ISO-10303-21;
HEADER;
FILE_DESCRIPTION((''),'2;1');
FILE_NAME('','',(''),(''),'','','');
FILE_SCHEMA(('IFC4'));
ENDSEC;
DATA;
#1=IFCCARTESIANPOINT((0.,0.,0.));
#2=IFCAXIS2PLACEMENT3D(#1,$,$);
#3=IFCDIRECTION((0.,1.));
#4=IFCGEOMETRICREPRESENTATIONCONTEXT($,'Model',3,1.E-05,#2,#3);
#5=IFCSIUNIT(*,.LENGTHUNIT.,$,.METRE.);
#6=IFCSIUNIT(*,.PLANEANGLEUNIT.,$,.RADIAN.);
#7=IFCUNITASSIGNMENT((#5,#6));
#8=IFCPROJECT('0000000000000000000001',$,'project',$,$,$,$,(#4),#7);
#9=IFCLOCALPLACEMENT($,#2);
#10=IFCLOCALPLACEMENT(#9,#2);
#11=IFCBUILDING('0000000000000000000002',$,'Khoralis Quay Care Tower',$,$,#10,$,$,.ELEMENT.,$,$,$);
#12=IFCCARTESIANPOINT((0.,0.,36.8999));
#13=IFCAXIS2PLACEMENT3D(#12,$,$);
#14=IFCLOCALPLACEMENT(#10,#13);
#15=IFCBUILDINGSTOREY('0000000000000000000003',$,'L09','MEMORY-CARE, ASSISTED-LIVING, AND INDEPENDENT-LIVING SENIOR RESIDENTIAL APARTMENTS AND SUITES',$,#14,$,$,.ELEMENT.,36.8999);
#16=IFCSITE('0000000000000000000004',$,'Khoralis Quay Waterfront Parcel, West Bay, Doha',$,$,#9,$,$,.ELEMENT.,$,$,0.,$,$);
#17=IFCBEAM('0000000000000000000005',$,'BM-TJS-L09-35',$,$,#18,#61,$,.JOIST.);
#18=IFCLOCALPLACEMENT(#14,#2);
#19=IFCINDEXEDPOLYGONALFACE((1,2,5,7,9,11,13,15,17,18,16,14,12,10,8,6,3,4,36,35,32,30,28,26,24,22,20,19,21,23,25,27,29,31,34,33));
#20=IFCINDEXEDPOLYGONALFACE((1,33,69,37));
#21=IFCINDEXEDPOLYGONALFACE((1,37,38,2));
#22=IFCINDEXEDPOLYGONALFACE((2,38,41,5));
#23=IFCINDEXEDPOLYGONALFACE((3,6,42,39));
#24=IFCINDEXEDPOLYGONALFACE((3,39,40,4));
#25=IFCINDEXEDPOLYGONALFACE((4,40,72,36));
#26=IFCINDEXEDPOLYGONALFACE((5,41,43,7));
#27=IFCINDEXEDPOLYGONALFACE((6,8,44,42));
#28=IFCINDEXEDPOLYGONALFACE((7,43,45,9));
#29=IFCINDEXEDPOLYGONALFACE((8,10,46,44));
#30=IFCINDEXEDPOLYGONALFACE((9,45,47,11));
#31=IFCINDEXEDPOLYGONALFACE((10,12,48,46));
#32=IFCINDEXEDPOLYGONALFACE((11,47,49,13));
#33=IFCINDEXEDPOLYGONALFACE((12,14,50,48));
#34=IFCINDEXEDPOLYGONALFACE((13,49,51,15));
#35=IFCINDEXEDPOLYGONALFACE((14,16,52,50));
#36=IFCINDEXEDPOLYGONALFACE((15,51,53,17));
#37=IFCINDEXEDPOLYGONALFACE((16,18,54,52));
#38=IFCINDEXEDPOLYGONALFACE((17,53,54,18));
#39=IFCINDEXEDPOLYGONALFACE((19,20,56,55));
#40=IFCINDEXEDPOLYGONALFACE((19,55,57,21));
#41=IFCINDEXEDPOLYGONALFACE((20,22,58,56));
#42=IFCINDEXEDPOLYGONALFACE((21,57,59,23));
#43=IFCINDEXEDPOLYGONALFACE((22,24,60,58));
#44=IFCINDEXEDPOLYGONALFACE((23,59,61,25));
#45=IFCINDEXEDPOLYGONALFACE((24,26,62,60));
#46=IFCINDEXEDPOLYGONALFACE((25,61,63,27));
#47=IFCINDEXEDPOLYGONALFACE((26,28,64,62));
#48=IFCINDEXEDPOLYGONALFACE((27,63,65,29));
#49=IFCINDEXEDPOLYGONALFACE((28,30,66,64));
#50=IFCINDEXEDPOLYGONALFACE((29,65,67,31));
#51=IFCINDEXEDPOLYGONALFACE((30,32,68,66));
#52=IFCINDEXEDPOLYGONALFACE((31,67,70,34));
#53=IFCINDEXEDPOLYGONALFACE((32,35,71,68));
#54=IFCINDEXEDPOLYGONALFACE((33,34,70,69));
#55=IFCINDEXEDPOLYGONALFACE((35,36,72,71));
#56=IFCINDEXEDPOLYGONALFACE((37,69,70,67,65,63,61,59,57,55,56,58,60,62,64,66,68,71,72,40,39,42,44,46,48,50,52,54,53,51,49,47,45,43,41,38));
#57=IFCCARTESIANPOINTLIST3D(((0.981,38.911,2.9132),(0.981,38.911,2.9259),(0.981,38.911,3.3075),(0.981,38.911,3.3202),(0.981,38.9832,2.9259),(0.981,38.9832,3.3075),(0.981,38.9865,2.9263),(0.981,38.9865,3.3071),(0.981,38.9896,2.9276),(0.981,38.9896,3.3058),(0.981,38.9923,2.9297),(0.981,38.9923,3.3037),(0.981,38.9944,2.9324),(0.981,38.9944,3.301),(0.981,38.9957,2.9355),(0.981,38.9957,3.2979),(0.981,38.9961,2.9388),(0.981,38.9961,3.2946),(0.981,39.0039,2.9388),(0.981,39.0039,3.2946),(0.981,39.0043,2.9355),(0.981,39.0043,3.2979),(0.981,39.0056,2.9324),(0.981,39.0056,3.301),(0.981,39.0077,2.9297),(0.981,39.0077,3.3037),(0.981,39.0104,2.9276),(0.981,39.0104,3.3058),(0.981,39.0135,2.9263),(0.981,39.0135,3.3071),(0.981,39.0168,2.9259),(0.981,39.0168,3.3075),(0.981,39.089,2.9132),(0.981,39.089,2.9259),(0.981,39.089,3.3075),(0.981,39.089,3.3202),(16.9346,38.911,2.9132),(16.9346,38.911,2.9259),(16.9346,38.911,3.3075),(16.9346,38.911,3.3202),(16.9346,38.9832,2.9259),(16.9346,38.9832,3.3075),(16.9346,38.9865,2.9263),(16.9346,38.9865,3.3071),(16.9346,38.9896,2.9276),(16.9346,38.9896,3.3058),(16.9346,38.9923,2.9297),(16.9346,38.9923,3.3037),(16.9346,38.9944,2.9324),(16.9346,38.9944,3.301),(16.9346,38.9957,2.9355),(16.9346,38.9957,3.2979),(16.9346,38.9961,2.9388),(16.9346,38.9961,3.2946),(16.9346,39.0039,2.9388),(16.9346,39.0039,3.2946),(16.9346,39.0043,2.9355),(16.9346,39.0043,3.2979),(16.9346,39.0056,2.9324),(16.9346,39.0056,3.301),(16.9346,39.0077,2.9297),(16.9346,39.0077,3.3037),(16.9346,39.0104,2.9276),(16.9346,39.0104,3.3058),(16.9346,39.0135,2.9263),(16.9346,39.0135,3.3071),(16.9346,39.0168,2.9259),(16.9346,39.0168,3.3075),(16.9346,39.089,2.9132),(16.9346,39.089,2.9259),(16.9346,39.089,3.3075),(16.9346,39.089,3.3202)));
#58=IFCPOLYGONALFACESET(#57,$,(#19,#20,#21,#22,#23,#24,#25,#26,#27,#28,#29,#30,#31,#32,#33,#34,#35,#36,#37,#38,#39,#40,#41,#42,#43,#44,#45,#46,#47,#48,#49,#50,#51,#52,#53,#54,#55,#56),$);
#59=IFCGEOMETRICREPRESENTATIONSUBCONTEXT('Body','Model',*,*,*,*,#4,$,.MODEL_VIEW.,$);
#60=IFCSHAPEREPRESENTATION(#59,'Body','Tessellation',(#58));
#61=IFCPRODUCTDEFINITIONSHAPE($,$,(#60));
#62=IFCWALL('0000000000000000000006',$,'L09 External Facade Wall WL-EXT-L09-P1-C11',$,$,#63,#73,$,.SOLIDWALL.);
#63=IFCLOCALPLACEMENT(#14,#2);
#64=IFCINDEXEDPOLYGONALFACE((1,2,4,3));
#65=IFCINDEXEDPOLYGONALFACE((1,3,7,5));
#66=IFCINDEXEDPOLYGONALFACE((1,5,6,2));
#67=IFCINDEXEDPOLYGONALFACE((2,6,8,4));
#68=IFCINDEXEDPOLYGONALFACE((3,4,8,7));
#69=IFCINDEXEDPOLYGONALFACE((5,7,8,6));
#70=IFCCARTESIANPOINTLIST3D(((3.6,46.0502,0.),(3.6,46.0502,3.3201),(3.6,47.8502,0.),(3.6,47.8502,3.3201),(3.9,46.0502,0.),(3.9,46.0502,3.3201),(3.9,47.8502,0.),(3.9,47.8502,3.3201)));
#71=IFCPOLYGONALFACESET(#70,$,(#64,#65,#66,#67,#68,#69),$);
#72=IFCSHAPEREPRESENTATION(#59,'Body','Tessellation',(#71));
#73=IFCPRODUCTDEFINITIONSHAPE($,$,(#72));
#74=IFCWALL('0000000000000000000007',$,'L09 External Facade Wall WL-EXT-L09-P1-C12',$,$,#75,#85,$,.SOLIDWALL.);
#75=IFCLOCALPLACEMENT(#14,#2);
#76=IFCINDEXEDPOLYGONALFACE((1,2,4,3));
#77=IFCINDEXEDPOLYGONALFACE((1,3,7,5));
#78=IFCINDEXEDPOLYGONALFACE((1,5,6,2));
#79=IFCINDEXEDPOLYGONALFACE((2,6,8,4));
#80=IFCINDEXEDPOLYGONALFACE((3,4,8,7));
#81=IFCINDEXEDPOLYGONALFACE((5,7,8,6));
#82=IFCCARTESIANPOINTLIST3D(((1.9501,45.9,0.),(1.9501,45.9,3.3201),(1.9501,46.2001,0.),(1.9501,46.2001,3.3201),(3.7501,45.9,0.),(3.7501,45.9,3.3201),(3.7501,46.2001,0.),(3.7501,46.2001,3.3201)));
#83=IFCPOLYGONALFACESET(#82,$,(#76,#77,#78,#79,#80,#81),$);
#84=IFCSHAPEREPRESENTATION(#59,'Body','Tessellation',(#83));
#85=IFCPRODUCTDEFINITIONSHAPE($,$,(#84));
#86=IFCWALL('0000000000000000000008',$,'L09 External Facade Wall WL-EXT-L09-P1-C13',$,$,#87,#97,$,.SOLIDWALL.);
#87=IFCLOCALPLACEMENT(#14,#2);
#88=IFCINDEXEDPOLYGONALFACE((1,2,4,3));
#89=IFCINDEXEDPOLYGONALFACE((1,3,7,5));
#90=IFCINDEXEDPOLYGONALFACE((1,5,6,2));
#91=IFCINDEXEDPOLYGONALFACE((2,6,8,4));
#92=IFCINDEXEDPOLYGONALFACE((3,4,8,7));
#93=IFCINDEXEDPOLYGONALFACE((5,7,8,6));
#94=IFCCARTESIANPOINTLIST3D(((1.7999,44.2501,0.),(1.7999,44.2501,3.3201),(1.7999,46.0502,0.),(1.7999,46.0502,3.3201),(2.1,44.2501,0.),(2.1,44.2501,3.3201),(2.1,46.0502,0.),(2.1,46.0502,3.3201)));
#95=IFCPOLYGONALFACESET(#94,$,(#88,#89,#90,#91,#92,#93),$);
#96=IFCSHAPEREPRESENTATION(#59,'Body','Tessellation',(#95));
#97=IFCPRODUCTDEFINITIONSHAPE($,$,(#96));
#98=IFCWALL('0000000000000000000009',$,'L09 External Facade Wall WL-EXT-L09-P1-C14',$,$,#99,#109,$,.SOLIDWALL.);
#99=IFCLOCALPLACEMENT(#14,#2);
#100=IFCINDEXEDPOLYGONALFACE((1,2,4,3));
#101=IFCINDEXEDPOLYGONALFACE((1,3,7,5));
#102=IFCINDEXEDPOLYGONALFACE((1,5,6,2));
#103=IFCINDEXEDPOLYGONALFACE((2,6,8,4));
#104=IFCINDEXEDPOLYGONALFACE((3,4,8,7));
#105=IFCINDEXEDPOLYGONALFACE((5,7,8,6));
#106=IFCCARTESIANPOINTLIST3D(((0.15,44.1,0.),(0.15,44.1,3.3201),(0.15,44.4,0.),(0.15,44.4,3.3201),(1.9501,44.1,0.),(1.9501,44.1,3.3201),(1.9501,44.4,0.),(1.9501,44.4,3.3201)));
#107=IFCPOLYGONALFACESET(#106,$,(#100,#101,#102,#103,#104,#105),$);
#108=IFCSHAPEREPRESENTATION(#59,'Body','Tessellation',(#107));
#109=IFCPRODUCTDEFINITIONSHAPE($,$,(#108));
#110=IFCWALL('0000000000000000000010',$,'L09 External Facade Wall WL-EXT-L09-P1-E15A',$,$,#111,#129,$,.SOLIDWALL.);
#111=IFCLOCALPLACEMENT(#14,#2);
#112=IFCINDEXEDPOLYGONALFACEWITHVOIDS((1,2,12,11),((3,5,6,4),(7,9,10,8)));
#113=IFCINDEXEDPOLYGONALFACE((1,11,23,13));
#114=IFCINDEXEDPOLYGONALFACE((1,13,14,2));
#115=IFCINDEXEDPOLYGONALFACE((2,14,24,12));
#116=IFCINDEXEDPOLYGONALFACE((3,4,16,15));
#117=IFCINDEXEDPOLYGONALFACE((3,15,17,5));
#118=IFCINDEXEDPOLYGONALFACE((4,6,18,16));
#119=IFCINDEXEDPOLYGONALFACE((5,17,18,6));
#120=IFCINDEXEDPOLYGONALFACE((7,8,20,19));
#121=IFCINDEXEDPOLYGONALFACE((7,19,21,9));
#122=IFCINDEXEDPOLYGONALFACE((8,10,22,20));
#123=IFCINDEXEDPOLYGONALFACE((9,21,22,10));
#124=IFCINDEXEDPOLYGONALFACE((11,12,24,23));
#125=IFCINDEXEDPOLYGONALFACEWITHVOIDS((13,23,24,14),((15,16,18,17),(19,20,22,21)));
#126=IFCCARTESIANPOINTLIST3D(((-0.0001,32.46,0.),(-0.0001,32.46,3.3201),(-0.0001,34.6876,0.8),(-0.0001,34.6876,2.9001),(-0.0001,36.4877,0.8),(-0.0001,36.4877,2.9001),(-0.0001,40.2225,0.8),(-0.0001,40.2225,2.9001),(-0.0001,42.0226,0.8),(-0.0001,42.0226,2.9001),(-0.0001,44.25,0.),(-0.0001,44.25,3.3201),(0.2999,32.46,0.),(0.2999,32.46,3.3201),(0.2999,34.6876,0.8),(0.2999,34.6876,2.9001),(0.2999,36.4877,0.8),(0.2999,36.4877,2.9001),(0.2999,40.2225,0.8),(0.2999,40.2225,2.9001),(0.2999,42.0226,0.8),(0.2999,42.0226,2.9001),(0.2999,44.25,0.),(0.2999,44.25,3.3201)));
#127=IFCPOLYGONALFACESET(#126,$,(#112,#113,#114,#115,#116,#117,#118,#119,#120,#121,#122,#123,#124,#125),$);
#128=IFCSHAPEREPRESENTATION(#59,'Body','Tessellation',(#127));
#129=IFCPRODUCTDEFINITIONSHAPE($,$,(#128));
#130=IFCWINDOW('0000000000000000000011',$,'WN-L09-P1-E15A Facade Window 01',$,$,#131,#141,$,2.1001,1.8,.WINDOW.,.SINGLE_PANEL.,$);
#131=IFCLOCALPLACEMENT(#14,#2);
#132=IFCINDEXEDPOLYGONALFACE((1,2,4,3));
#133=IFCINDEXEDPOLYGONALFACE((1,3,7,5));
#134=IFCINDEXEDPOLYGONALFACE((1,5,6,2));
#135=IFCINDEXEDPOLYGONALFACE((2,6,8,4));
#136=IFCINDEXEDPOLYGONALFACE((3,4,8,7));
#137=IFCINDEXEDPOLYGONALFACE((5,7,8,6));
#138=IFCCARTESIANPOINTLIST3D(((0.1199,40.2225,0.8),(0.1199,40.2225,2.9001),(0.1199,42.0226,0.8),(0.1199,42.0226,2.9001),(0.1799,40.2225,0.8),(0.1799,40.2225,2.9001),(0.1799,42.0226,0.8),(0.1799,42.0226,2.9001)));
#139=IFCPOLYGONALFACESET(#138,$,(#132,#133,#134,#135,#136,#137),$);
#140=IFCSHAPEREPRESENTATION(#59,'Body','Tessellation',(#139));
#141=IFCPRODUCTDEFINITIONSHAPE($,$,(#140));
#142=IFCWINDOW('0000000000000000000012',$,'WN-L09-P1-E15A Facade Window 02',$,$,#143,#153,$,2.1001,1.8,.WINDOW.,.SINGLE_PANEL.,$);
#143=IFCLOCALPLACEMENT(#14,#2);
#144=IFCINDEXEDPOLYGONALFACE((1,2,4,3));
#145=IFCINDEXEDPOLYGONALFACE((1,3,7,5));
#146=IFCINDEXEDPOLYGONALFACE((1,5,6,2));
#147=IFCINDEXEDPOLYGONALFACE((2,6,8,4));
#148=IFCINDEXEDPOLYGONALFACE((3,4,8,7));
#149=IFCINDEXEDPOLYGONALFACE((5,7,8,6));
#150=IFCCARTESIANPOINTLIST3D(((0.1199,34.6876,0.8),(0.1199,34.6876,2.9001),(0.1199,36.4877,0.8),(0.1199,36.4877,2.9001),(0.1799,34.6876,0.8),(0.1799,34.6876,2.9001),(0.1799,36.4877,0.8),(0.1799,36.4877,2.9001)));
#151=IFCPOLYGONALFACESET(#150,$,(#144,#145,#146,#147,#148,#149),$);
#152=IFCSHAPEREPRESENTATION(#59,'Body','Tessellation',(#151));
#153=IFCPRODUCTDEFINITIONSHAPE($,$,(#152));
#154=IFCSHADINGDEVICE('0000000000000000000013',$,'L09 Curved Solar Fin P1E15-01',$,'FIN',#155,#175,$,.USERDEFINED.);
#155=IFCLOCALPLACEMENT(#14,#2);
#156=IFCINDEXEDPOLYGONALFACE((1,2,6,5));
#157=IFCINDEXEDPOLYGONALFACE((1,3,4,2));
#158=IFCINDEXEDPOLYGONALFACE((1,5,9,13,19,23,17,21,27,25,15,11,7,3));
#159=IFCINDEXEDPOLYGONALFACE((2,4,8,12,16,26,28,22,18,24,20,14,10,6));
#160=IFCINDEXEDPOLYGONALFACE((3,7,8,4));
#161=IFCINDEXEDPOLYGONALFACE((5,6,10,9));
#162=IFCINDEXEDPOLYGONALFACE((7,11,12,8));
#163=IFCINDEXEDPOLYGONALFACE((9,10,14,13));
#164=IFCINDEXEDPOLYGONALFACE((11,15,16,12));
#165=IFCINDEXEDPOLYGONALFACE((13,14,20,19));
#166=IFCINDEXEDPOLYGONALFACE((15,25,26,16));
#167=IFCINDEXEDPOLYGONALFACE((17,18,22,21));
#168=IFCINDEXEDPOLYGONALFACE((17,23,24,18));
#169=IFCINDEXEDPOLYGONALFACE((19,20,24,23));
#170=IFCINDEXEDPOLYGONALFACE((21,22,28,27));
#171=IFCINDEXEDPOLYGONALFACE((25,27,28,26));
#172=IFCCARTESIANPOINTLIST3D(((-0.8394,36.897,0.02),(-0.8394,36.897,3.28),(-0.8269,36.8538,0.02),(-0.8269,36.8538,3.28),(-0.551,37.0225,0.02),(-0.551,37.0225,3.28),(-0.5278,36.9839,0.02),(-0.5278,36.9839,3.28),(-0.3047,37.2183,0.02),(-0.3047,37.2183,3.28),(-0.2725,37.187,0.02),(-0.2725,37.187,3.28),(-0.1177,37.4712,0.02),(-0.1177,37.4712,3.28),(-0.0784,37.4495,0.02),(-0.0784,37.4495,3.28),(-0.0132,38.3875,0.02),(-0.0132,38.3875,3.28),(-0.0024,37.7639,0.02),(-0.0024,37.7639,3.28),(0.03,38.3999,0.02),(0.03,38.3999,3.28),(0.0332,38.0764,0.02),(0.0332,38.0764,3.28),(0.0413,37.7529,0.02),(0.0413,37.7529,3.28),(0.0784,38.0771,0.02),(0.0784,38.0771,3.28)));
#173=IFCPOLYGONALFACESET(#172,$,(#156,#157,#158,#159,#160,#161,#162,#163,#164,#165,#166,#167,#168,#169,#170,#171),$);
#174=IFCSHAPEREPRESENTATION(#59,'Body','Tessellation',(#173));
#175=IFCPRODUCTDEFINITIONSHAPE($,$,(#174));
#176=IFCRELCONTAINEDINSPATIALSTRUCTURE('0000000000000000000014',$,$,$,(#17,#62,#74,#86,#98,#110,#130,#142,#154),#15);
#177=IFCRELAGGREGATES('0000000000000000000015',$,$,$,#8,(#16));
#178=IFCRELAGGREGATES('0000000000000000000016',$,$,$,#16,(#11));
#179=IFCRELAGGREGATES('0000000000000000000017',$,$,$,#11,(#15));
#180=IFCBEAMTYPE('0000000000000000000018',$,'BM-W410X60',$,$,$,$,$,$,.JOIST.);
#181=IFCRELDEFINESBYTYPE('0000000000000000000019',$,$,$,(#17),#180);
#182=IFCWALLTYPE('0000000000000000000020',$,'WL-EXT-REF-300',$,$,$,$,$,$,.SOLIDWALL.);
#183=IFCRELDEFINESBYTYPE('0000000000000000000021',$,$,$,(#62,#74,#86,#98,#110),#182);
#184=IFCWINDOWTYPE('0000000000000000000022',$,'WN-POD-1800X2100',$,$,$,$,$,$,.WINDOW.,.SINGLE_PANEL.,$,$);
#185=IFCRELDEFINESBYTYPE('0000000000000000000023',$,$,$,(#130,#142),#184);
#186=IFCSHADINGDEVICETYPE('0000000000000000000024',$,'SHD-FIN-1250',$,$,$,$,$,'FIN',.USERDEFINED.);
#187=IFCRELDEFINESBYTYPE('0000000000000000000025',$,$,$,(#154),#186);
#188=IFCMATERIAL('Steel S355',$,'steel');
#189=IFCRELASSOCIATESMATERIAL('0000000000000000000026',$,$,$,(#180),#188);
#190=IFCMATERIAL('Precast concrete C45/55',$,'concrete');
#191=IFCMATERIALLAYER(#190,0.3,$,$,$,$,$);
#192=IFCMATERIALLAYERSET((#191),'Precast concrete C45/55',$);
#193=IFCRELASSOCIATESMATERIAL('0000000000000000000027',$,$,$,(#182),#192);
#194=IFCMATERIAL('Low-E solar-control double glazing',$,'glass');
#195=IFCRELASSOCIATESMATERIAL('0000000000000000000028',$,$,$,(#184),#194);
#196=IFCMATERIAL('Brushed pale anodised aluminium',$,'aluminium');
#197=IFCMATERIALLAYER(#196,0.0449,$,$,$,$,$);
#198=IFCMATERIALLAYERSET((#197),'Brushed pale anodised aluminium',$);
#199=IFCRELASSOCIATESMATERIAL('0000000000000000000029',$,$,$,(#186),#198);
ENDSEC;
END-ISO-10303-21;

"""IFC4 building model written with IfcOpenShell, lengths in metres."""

from ifc_helpers import new_model, si_unit, direction, frame, frame_2d, origin, origin_2d, place, context, subcontext, project, spatial, polyline, rectangle, i_section, outline, extrude, source, transform, mapped, material, layer, layer_set, material_profile, profile_set, type_object, element, fill, save


model = new_model("IFC4")

# Units and contexts
model_context = context("Model", 3, precision=1e-05, world=origin(), true_north=direction((0.0, 1.0)))
body_context = subcontext(model_context, "Body", "Model", "MODEL_VIEW")
ifc_project = project(units=[si_unit("LENGTHUNIT", "METRE"), si_unit("PLANEANGLEUNIT", "RADIAN")], contexts=[model_context])

# Site, building, storey
site_placement = place(None, origin())
site = spatial("IfcSite", under=ifc_project, at=site_placement, Name="Khoralis Quay Waterfront Parcel, West Bay, Doha", CompositionType="ELEMENT", RefElevation=0.0)
building_placement = place(site_placement, origin())
building = spatial("IfcBuilding", under=site, at=building_placement, Name="Khoralis Quay Care Tower", CompositionType="ELEMENT")
storey_placement = place(building_placement, frame((0.0, 0.0, 36.8999)))
storey = spatial("IfcBuildingStorey", under=building, at=storey_placement, Name="L09", Description="MEMORY-CARE, ASSISTED-LIVING, AND INDEPENDENT-LIVING SENIOR RESIDENTIAL APARTMENTS AND SUITES", CompositionType="ELEMENT", Elevation=36.8999)

# Beam
ifc_material_1 = material(Name="Steel S355", Category="steel")
ifc_material_profile_1 = material_profile(ifc_material_1, i_section(OverallWidth=0.178, OverallDepth=0.407, WebThickness=0.0078, FlangeThickness=0.0127, FilletRadius=0.0129, at=origin_2d()), Name="Steel S355")
ifc_profile_set_1 = profile_set([ifc_material_profile_1], Name="Steel S355")
beam_type_1 = type_object("IfcBeamType", Name="BM-W410X60", PredefinedType="JOIST", material=ifc_profile_set_1)
shared_shape_1 = source(origin(), body_context, "Body", "SweptSolid", [
    extrude(i_section(OverallWidth=0.178, OverallDepth=0.407, WebThickness=0.0078, FlangeThickness=0.0127, FilletRadius=0.0129, at=origin_2d()), origin(), (0.0, 0.0, 1.0), 15.9536),
])
beam_1_placement = place(storey_placement, frame((0.981, 39.0, 3.1167), z_axis=(1.0, 0.0, 0.0), x_axis=(0.0, 1.0, 0.0)))
element("IfcBeam", 1, at=beam_1_placement, inside=storey, type_object=beam_type_1, Name="BM-TJS-L09-35", PredefinedType="JOIST", context=body_context, shape_type="MappedRepresentation", body=[
    mapped(shared_shape_1, transform((0.0, 0.0, 0.0), scale=1.0)),
])

# Walls
ifc_material_2 = material(Name="Precast concrete C45/55", Category="concrete")
ifc_layer_1 = layer(ifc_material_2, 0.3)
ifc_layer_set_1 = layer_set([ifc_layer_1], Name="Precast concrete C45/55")
wall_type = type_object("IfcWallType", Name="WL-EXT-REF-300", PredefinedType="SOLIDWALL", material=ifc_layer_set_1)
for number, where, z_axis, x_axis, name in (
    (2, (3.75, 47.8501, 0.0), (0.0, 0.0, 1.0), (0.0, -1.0, 0.0), "L09 External Facade Wall WL-EXT-L09-P1-C11"),
    (3, (3.75, 46.05, 0.0), (0.0, 0.0, 1.0), (-1.0, 0.0, 0.0), "L09 External Facade Wall WL-EXT-L09-P1-C12"),
    (4, (1.95, 46.05, 0.0), (0.0, 0.0, 1.0), (0.0, -1.0, 0.0), "L09 External Facade Wall WL-EXT-L09-P1-C13"),
    (5, (1.95, 44.25, 0.0), (0.0, 0.0, 1.0), (-1.0, 0.0, 0.0), "L09 External Facade Wall WL-EXT-L09-P1-C14"),
):
    element("IfcWall", number, at=place(storey_placement, frame(where, z_axis=z_axis, x_axis=x_axis)), inside=storey, type_object=wall_type, Name=name, PredefinedType="SOLIDWALL", context=body_context, shape_type="SweptSolid", body=[
        extrude(rectangle(XDim=1.8, YDim=0.3, at=frame_2d((0.8999, 0.0))), origin(), (0.0, 0.0, 1.0), 3.3201),
    ])

# Wall, openings, windows
wall_placement = place(storey_placement, frame((0.1499, 44.25, 0.0), z_axis=(0.0, 0.0, 1.0), x_axis=(0.0, -1.0, 0.0)))
wall = element("IfcWall", 6, at=wall_placement, inside=storey, type_object=wall_type, Name="L09 External Facade Wall WL-EXT-L09-P1-E15A", PredefinedType="SOLIDWALL", context=body_context, shape_type="SweptSolid", body=[
    extrude(rectangle(XDim=11.79, YDim=0.3, at=frame_2d((5.895, 0.0))), origin(), (0.0, 0.0, 1.0), 3.3201),
])
opening_1_placement = place(wall_placement, frame((2.2275, 0.0, 0.8)))
opening_1 = element("IfcOpeningElement", 7, at=opening_1_placement, cuts=wall, PredefinedType="OPENING", context=body_context, shape_type="SweptSolid", body=[
    extrude(rectangle(XDim=1.8, YDim=2.1001, at=frame_2d((0.8999, 1.05))), frame((0.0, 0.1602, 0.0), z_axis=(0.0, -1.0, 0.0), x_axis=(1.0, 0.0, 0.0)), (0.0, 0.0, 1.0), 0.3201),
])
opening_2_placement = place(wall_placement, frame((7.7625, 0.0, 0.8)))
opening_2 = element("IfcOpeningElement", 8, at=opening_2_placement, cuts=wall, PredefinedType="OPENING", context=body_context, shape_type="SweptSolid", body=[
    extrude(rectangle(XDim=1.8, YDim=2.1001, at=frame_2d((0.8999, 1.05))), frame((0.0, 0.1602, 0.0), z_axis=(0.0, -1.0, 0.0), x_axis=(1.0, 0.0, 0.0)), (0.0, 0.0, 1.0), 0.3201),
])
ifc_material_3 = material(Name="Low-E solar-control double glazing", Category="glass")
window_type = type_object("IfcWindowType", Name="WN-POD-1800X2100", PartitioningType="SINGLE_PANEL", PredefinedType="WINDOW", material=ifc_material_3)
shared_shape_2 = source(origin(), body_context, "Body", "SweptSolid", [
    extrude(rectangle(XDim=1.8, YDim=2.1001, at=frame_2d((0.8999, 1.05))), frame((0.0, 0.03, 0.0), z_axis=(0.0, -1.0, 0.0), x_axis=(1.0, 0.0, 0.0)), (0.0, 0.0, 1.0), 0.0601),
])
window_1_placement = place(opening_1_placement, origin())
window_1 = element("IfcWindow", 9, at=window_1_placement, inside=storey, type_object=window_type, Name="WN-L09-P1-E15A Facade Window 01", OverallHeight=2.1001, OverallWidth=1.8, PartitioningType="SINGLE_PANEL", PredefinedType="WINDOW", context=body_context, shape_type="MappedRepresentation", body=[
    mapped(shared_shape_2, transform((0.0, 0.0, 0.0), scale=1.0)),
])
fill(opening_1, window_1)
window_2_placement = place(opening_2_placement, origin())
window_2 = element("IfcWindow", 10, at=window_2_placement, inside=storey, type_object=window_type, Name="WN-L09-P1-E15A Facade Window 02", OverallHeight=2.1001, OverallWidth=1.8, PartitioningType="SINGLE_PANEL", PredefinedType="WINDOW", context=body_context, shape_type="MappedRepresentation", body=[
    mapped(shared_shape_2, transform((0.0, 0.0, 0.0), scale=1.0)),
])
fill(opening_2, window_2)

# Shading device
ifc_material_4 = material(Name="Brushed pale anodised aluminium", Category="aluminium")
ifc_layer_2 = layer(ifc_material_4, 0.0449)
ifc_layer_set_2 = layer_set([ifc_layer_2], Name="Brushed pale anodised aluminium")
shading_device_type = type_object("IfcShadingDeviceType", Name="SHD-FIN-1250", ElementType="FIN", PredefinedType="USERDEFINED", material=ifc_layer_set_2)
shared_shape_3 = source(origin(), body_context, "Body", "SweptSolid", [
    extrude(outline(polyline([(0.0, 0.0), (-0.0483, 0.3228), (-0.0112, 0.647), (0.1084, 0.9504), (0.3025, 1.2129), (0.5579, 1.416), (0.8569, 1.5461), (0.8694, 1.5029), (0.5811, 1.3774), (0.3347, 1.1816), (0.1477, 0.9287), (0.0325, 0.636), (-0.0032, 0.3235), (0.0432, 0.0125), (0.0, 0.0)])), origin(), (0.0, 0.0, 1.0), 3.26),
])
shading_device_placement = place(storey_placement, frame((0.03, 38.3999, 0.02), z_axis=(0.0, 0.0, 1.0), x_axis=(-1.0, 0.0, 0.0)))
element("IfcShadingDevice", 11, at=shading_device_placement, inside=storey, type_object=shading_device_type, Name="L09 Curved Solar Fin P1E15-01", ObjectType="FIN", PredefinedType="USERDEFINED", context=body_context, shape_type="MappedRepresentation", body=[
    mapped(shared_shape_3, transform((0.0, 0.0, 0.0), scale=1.0)),
])

save(model, "model.ifc")
